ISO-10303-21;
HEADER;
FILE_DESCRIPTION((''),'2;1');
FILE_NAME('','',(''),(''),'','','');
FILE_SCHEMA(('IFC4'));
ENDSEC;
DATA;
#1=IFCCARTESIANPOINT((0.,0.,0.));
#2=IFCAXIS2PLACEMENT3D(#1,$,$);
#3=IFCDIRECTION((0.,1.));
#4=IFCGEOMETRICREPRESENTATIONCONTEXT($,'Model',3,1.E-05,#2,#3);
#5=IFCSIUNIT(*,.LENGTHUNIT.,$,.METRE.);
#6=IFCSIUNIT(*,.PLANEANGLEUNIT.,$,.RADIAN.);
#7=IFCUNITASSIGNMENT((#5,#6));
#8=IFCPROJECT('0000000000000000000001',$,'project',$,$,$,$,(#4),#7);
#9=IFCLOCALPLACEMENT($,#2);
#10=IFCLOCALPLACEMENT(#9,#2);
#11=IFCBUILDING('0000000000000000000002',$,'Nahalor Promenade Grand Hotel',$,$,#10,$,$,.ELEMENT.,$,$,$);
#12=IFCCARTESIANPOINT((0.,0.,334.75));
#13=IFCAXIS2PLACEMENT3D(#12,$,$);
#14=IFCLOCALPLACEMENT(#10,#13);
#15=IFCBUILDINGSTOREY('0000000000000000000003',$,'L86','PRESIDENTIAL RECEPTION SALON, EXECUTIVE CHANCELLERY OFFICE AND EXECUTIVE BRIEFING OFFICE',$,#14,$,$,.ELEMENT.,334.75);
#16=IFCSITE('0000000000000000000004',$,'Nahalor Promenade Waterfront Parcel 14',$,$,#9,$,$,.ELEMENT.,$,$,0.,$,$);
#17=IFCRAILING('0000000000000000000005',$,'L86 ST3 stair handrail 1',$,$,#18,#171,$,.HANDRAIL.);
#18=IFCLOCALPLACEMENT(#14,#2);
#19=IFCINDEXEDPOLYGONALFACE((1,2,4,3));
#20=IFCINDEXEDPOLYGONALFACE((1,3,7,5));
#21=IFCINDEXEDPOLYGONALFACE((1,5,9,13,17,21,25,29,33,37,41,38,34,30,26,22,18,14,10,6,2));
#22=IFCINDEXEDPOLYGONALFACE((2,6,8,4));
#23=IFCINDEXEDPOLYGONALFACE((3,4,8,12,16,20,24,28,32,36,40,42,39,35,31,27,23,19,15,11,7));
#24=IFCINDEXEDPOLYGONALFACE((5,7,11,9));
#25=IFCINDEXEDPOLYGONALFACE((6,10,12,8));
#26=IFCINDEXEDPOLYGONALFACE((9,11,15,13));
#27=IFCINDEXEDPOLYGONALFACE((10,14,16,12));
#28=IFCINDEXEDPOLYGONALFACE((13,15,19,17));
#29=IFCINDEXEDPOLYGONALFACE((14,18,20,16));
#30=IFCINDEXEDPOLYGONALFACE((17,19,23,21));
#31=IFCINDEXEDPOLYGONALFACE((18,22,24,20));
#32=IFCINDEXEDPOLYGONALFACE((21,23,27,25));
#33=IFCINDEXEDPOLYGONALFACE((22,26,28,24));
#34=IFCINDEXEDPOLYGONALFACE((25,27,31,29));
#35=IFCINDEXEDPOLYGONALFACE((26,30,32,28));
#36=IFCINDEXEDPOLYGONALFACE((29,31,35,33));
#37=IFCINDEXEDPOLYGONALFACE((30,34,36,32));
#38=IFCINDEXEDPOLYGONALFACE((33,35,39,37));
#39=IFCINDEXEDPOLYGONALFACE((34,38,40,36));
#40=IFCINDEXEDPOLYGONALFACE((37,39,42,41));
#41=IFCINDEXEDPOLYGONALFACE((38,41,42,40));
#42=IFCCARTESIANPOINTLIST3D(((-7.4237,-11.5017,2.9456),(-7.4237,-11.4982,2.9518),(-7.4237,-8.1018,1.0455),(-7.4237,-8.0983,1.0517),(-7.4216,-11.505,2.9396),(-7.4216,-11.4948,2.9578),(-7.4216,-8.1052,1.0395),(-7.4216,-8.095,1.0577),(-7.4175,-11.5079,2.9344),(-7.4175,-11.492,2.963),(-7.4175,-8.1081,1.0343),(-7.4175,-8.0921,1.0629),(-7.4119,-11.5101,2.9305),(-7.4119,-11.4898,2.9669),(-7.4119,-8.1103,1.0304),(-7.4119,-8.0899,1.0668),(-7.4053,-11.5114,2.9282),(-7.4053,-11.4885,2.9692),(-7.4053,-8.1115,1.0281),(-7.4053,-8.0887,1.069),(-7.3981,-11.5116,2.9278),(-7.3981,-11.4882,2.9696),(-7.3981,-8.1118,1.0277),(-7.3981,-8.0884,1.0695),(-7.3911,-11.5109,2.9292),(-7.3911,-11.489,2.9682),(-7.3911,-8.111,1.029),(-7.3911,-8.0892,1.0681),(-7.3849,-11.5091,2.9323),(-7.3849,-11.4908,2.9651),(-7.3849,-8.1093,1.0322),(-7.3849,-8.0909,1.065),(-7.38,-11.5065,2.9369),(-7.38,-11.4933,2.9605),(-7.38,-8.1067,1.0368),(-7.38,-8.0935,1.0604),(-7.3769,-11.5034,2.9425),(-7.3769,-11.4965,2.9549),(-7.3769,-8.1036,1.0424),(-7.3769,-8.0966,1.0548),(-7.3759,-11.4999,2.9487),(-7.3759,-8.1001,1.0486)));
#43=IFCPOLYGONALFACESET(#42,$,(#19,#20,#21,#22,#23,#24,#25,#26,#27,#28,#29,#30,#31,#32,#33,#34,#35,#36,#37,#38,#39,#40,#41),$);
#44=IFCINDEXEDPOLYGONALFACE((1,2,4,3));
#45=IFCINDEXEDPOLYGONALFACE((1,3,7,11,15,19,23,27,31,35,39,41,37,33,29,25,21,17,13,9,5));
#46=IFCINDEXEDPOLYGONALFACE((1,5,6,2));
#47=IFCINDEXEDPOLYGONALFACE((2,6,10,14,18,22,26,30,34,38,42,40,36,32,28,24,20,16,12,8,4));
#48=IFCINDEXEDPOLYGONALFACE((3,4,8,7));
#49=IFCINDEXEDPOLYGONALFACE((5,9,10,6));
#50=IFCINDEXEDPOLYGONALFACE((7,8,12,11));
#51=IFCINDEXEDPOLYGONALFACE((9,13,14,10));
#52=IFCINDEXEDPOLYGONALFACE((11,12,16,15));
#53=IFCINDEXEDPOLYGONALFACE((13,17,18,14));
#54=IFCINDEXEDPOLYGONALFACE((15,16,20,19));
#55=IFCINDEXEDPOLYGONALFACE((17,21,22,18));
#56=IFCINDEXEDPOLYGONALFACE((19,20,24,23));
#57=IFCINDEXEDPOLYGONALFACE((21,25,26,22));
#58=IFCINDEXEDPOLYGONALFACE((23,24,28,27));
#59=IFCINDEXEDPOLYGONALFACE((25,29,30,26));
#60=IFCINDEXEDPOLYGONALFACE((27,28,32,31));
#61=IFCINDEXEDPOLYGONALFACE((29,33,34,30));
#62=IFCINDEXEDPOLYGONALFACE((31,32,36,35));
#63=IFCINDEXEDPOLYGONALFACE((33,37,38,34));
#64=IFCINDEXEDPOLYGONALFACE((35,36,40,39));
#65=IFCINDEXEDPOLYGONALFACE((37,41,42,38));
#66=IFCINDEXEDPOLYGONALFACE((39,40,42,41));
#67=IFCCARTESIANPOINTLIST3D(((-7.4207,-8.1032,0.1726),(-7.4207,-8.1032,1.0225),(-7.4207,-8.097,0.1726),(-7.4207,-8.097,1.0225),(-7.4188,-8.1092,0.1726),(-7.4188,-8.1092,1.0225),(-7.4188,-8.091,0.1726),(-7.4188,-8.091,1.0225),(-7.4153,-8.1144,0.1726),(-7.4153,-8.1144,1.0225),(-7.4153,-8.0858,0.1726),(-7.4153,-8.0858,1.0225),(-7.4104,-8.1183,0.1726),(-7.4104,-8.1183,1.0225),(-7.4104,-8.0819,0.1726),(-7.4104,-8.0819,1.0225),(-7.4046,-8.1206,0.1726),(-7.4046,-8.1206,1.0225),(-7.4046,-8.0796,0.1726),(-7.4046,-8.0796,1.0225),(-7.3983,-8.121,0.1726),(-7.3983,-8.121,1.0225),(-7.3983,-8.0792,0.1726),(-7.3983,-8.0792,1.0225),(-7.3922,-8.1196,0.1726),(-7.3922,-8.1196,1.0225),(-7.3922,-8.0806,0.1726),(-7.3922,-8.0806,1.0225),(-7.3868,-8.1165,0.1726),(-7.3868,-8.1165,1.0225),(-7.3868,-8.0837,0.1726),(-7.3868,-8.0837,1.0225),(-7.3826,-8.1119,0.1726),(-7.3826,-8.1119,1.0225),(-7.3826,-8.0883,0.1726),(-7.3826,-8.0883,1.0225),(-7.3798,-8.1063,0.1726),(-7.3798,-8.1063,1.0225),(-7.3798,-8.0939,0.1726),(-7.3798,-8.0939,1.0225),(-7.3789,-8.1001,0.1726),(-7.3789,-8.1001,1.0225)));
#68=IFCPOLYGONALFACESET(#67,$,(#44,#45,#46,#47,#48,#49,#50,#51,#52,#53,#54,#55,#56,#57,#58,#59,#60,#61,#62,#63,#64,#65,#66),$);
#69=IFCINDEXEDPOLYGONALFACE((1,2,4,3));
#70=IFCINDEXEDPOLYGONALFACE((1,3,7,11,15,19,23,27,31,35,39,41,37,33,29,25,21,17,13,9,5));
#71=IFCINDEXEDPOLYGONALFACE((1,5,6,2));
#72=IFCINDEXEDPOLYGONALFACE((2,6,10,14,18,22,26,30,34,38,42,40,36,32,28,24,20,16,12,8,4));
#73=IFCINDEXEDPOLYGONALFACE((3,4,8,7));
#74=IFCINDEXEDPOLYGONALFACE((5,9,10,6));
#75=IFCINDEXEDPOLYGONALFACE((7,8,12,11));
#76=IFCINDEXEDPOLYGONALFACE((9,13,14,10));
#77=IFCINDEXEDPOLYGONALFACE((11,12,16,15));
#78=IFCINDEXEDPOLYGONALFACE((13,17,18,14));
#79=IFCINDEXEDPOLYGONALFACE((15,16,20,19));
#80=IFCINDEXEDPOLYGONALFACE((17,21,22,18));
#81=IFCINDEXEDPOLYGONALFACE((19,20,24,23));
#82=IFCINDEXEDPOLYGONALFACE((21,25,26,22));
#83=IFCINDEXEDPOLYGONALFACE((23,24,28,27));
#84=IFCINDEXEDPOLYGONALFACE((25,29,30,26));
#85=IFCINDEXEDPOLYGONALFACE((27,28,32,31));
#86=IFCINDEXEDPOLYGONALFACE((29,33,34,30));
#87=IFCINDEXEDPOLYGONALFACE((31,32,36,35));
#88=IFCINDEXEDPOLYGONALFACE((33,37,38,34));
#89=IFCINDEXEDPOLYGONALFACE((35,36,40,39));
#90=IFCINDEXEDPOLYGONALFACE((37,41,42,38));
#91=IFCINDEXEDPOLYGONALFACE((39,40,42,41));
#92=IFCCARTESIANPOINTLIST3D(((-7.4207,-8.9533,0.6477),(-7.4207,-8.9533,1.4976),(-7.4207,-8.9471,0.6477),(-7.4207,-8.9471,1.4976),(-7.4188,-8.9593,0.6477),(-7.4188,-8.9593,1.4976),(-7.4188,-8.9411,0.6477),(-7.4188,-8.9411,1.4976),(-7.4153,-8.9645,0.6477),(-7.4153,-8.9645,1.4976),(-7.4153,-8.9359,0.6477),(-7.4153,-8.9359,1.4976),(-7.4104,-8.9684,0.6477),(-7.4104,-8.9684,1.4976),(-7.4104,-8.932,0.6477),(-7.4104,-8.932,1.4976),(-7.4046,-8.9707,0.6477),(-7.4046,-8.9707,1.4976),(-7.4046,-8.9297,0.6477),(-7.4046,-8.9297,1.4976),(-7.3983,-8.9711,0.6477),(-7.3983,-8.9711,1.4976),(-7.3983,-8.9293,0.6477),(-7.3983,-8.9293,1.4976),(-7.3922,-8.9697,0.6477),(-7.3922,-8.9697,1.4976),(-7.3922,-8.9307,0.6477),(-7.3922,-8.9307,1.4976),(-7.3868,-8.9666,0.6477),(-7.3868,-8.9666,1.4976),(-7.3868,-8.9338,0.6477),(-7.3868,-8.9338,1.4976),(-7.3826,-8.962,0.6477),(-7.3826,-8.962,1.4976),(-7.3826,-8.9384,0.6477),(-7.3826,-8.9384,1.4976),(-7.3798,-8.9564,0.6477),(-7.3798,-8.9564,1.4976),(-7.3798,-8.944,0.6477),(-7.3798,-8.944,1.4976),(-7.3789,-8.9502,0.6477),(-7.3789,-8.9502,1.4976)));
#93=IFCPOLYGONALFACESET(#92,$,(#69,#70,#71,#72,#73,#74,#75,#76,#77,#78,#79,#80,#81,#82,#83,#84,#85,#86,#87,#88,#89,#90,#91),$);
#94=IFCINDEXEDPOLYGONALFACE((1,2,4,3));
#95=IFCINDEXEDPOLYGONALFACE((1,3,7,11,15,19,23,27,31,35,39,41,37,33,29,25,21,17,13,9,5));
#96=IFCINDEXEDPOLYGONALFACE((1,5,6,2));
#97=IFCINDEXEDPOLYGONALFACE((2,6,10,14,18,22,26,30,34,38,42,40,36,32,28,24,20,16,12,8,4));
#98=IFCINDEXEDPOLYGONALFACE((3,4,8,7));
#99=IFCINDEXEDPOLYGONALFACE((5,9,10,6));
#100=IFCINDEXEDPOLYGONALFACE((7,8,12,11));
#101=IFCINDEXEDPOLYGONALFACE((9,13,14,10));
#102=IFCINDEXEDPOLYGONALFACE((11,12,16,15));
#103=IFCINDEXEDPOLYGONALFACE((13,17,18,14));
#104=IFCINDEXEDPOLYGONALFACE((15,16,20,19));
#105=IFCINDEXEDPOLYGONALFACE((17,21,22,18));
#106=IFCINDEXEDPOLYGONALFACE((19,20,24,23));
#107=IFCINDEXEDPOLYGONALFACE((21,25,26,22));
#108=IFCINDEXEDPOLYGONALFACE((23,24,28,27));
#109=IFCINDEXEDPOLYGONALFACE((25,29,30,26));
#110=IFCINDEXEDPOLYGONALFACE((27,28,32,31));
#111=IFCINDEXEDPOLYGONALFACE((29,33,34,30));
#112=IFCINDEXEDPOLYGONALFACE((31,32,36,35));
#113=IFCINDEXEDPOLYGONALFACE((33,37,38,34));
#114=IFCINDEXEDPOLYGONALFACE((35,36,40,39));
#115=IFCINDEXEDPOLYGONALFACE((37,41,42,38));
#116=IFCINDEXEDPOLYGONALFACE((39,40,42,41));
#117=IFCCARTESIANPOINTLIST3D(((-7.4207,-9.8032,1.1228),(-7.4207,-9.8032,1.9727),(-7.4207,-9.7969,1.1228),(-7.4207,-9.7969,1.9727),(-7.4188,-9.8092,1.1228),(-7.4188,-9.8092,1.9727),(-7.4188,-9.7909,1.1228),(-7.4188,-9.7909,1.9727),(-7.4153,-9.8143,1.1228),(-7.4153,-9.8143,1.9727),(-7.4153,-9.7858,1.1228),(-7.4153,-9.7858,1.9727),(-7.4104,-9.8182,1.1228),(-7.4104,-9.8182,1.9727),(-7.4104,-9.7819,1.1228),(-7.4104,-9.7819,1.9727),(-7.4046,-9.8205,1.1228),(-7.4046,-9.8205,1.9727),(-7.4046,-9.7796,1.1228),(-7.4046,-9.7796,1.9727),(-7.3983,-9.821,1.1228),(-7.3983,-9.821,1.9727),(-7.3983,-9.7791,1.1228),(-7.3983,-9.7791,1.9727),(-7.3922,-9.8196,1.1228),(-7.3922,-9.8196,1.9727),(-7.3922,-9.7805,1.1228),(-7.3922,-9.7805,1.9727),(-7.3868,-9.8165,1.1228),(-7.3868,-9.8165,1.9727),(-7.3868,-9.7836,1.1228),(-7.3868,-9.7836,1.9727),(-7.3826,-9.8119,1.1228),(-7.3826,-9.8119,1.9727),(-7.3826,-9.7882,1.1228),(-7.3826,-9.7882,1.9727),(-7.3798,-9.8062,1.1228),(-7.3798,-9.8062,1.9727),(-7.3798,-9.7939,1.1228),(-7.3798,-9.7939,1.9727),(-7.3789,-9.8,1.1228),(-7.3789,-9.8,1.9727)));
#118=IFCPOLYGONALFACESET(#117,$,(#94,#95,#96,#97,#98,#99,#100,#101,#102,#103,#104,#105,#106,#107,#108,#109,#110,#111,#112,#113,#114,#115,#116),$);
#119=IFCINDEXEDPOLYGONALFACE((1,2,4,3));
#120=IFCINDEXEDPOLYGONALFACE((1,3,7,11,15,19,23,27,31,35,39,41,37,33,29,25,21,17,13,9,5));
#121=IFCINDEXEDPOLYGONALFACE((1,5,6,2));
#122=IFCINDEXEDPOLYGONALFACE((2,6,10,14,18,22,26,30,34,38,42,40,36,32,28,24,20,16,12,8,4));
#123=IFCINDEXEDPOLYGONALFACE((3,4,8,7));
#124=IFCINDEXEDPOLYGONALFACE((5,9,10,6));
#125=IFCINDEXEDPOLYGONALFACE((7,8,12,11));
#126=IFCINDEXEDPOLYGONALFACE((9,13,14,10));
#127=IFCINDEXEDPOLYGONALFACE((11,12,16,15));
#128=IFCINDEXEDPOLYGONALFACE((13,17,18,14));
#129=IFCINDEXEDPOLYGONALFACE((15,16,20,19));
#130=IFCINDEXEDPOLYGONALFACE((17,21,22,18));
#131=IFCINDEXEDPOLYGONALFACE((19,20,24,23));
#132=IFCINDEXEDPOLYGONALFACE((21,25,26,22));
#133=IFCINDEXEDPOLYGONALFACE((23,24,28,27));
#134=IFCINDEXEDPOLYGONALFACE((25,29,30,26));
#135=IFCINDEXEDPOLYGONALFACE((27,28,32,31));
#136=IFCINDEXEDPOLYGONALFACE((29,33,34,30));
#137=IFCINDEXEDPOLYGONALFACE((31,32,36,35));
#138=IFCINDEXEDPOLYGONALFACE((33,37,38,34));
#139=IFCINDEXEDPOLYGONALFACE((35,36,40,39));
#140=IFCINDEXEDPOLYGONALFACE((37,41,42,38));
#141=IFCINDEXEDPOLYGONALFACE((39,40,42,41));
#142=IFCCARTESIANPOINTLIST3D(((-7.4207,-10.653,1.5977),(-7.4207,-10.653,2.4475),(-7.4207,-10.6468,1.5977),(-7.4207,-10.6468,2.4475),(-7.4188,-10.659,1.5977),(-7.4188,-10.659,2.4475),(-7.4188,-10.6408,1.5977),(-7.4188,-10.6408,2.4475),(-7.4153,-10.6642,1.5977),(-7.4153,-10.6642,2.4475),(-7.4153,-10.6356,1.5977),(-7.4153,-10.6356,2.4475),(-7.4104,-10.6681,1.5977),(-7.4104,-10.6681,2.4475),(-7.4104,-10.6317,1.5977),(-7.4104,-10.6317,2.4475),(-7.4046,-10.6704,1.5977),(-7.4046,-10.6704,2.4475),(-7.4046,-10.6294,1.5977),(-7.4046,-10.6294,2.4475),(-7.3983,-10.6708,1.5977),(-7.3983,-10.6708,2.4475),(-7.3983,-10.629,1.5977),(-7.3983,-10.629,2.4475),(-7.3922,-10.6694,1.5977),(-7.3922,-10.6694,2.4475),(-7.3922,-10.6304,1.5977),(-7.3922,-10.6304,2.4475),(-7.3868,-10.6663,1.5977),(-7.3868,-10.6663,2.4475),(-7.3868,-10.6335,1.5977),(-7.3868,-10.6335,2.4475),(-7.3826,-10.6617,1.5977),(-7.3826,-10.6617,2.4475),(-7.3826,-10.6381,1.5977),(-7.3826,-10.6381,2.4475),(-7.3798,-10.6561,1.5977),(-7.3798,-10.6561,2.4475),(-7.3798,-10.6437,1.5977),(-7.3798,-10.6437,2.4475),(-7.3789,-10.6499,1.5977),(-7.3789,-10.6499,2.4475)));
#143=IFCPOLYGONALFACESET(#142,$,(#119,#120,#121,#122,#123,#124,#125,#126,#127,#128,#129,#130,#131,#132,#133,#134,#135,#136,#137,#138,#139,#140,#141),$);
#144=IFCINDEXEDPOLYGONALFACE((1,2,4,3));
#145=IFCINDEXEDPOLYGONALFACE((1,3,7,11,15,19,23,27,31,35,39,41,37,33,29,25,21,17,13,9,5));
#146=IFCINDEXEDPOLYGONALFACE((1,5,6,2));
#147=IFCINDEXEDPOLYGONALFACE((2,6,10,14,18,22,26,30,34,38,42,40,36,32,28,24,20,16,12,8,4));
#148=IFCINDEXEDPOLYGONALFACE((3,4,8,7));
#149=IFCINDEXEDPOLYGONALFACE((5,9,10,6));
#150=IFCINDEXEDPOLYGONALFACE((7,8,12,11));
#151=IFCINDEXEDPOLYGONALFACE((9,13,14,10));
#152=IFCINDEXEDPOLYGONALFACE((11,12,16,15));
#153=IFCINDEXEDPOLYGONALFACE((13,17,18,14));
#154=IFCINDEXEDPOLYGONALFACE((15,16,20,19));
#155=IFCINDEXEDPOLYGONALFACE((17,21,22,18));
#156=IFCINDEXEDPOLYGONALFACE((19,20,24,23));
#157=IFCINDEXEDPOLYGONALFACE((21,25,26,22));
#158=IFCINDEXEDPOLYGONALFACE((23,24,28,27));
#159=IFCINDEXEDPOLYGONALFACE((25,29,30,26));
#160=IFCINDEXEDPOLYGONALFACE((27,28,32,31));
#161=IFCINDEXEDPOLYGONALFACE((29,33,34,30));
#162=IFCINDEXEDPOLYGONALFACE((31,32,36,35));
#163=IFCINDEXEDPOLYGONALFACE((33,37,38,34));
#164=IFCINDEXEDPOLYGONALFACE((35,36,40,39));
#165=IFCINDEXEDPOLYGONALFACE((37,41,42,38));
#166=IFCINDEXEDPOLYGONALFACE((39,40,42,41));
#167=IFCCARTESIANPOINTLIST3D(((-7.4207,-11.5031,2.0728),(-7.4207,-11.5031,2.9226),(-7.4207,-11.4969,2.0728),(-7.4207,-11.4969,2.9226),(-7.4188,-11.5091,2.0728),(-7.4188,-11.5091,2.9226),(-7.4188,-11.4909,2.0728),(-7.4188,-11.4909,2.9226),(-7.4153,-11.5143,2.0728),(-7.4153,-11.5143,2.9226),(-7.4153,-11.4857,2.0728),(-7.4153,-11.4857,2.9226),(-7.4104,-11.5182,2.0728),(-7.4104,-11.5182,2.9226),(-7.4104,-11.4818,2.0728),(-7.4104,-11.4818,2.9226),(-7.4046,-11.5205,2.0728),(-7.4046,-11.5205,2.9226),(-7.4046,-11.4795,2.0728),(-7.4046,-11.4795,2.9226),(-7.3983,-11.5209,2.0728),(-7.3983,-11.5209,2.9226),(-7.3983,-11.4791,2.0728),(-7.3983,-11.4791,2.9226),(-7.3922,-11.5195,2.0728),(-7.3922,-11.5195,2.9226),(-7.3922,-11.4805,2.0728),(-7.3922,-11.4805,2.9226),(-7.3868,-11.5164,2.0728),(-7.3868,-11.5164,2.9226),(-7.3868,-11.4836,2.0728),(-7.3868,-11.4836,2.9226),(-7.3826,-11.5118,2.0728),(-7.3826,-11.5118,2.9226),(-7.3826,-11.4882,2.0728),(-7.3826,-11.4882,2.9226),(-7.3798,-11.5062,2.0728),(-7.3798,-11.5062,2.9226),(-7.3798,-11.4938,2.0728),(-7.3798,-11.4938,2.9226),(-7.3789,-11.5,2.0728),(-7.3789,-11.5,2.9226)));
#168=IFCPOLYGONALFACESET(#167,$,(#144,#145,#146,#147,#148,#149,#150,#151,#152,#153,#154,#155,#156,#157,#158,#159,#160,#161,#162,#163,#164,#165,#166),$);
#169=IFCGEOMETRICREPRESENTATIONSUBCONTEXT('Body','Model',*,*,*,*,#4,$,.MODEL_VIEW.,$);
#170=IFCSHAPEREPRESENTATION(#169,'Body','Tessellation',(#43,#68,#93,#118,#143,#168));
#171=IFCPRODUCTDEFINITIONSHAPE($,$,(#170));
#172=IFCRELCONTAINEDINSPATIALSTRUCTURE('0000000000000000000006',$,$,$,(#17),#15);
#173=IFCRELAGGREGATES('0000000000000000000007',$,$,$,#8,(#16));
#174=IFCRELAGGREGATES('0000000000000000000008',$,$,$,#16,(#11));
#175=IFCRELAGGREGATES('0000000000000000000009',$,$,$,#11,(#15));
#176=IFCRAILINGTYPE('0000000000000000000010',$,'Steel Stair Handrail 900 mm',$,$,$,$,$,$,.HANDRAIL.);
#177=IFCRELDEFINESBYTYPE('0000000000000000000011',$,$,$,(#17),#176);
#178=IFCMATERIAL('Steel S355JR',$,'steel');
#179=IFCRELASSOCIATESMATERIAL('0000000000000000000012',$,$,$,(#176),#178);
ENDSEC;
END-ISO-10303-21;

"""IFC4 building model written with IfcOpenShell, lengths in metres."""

from ifc_helpers import new_model, si_unit, direction, frame, origin, origin_2d, place, context, subcontext, project, spatial, circle, extrude, material, type_object, element, save


model = new_model("IFC4")

# Units and contexts
model_context = context("Model", 3, precision=1e-05, world=origin(), true_north=direction((0.0, 1.0)))
body_context = subcontext(model_context, "Body", "Model", "MODEL_VIEW")
ifc_project = project(units=[si_unit("LENGTHUNIT", "METRE"), si_unit("PLANEANGLEUNIT", "RADIAN")], contexts=[model_context])

# Site, building, storey
site_placement = place(None, origin())
site = spatial("IfcSite", under=ifc_project, at=site_placement, Name="Nahalor Promenade Waterfront Parcel 14", CompositionType="ELEMENT", RefElevation=0.0)
building_placement = place(site_placement, origin())
building = spatial("IfcBuilding", under=site, at=building_placement, Name="Nahalor Promenade Grand Hotel", CompositionType="ELEMENT")
storey_placement = place(building_placement, frame((0.0, 0.0, 334.75)))
storey = spatial("IfcBuildingStorey", under=building, at=storey_placement, Name="L86", Description="PRESIDENTIAL RECEPTION SALON, EXECUTIVE CHANCELLERY OFFICE AND EXECUTIVE BRIEFING OFFICE", CompositionType="ELEMENT", Elevation=334.75)

# Shared definitions
ifc_material_1 = material(Name="Steel S355JR", Category="steel")

# Railing
railing_type_1 = type_object("IfcRailingType", Name="Steel Stair Handrail 900 mm", PredefinedType="HANDRAIL", material=ifc_material_1)
railing_1_placement = place(storey_placement, frame((-7.3999, -8.1001, 0.1726)))
element("IfcRailing", 1, at=railing_1_placement, inside=storey, type_object=railing_type_1, Name="L86 ST3 stair handrail 1", PredefinedType="HANDRAIL", context=body_context, shape_type="SweptSolid", body=[
    extrude(circle(Radius=0.024, at=origin_2d()), frame((0.0, 0.0, 0.876), z_axis=(0.0, -0.872921, 0.487861), x_axis=(1.0, 0.0, 0.0)), (0.0, 0.0, 1.0), 3.8948),
    extrude(circle(Radius=0.021, at=origin_2d()), origin(), (0.0, 0.0, 1.0), 0.8499),
    extrude(circle(Radius=0.021, at=origin_2d()), frame((0.0, -0.8501, 0.4751)), (0.0, 0.0, 1.0), 0.8499),
    extrude(circle(Radius=0.021, at=origin_2d()), frame((0.0, -1.7, 0.9502)), (0.0, 0.0, 1.0), 0.8499),
    extrude(circle(Radius=0.021, at=origin_2d()), frame((0.0, -2.5498, 1.425)), (0.0, 0.0, 1.0), 0.8499),
    extrude(circle(Radius=0.021, at=origin_2d()), frame((0.0, -3.3999, 1.9001)), (0.0, 0.0, 1.0), 0.8499),
])

save(model, "model.ifc")
